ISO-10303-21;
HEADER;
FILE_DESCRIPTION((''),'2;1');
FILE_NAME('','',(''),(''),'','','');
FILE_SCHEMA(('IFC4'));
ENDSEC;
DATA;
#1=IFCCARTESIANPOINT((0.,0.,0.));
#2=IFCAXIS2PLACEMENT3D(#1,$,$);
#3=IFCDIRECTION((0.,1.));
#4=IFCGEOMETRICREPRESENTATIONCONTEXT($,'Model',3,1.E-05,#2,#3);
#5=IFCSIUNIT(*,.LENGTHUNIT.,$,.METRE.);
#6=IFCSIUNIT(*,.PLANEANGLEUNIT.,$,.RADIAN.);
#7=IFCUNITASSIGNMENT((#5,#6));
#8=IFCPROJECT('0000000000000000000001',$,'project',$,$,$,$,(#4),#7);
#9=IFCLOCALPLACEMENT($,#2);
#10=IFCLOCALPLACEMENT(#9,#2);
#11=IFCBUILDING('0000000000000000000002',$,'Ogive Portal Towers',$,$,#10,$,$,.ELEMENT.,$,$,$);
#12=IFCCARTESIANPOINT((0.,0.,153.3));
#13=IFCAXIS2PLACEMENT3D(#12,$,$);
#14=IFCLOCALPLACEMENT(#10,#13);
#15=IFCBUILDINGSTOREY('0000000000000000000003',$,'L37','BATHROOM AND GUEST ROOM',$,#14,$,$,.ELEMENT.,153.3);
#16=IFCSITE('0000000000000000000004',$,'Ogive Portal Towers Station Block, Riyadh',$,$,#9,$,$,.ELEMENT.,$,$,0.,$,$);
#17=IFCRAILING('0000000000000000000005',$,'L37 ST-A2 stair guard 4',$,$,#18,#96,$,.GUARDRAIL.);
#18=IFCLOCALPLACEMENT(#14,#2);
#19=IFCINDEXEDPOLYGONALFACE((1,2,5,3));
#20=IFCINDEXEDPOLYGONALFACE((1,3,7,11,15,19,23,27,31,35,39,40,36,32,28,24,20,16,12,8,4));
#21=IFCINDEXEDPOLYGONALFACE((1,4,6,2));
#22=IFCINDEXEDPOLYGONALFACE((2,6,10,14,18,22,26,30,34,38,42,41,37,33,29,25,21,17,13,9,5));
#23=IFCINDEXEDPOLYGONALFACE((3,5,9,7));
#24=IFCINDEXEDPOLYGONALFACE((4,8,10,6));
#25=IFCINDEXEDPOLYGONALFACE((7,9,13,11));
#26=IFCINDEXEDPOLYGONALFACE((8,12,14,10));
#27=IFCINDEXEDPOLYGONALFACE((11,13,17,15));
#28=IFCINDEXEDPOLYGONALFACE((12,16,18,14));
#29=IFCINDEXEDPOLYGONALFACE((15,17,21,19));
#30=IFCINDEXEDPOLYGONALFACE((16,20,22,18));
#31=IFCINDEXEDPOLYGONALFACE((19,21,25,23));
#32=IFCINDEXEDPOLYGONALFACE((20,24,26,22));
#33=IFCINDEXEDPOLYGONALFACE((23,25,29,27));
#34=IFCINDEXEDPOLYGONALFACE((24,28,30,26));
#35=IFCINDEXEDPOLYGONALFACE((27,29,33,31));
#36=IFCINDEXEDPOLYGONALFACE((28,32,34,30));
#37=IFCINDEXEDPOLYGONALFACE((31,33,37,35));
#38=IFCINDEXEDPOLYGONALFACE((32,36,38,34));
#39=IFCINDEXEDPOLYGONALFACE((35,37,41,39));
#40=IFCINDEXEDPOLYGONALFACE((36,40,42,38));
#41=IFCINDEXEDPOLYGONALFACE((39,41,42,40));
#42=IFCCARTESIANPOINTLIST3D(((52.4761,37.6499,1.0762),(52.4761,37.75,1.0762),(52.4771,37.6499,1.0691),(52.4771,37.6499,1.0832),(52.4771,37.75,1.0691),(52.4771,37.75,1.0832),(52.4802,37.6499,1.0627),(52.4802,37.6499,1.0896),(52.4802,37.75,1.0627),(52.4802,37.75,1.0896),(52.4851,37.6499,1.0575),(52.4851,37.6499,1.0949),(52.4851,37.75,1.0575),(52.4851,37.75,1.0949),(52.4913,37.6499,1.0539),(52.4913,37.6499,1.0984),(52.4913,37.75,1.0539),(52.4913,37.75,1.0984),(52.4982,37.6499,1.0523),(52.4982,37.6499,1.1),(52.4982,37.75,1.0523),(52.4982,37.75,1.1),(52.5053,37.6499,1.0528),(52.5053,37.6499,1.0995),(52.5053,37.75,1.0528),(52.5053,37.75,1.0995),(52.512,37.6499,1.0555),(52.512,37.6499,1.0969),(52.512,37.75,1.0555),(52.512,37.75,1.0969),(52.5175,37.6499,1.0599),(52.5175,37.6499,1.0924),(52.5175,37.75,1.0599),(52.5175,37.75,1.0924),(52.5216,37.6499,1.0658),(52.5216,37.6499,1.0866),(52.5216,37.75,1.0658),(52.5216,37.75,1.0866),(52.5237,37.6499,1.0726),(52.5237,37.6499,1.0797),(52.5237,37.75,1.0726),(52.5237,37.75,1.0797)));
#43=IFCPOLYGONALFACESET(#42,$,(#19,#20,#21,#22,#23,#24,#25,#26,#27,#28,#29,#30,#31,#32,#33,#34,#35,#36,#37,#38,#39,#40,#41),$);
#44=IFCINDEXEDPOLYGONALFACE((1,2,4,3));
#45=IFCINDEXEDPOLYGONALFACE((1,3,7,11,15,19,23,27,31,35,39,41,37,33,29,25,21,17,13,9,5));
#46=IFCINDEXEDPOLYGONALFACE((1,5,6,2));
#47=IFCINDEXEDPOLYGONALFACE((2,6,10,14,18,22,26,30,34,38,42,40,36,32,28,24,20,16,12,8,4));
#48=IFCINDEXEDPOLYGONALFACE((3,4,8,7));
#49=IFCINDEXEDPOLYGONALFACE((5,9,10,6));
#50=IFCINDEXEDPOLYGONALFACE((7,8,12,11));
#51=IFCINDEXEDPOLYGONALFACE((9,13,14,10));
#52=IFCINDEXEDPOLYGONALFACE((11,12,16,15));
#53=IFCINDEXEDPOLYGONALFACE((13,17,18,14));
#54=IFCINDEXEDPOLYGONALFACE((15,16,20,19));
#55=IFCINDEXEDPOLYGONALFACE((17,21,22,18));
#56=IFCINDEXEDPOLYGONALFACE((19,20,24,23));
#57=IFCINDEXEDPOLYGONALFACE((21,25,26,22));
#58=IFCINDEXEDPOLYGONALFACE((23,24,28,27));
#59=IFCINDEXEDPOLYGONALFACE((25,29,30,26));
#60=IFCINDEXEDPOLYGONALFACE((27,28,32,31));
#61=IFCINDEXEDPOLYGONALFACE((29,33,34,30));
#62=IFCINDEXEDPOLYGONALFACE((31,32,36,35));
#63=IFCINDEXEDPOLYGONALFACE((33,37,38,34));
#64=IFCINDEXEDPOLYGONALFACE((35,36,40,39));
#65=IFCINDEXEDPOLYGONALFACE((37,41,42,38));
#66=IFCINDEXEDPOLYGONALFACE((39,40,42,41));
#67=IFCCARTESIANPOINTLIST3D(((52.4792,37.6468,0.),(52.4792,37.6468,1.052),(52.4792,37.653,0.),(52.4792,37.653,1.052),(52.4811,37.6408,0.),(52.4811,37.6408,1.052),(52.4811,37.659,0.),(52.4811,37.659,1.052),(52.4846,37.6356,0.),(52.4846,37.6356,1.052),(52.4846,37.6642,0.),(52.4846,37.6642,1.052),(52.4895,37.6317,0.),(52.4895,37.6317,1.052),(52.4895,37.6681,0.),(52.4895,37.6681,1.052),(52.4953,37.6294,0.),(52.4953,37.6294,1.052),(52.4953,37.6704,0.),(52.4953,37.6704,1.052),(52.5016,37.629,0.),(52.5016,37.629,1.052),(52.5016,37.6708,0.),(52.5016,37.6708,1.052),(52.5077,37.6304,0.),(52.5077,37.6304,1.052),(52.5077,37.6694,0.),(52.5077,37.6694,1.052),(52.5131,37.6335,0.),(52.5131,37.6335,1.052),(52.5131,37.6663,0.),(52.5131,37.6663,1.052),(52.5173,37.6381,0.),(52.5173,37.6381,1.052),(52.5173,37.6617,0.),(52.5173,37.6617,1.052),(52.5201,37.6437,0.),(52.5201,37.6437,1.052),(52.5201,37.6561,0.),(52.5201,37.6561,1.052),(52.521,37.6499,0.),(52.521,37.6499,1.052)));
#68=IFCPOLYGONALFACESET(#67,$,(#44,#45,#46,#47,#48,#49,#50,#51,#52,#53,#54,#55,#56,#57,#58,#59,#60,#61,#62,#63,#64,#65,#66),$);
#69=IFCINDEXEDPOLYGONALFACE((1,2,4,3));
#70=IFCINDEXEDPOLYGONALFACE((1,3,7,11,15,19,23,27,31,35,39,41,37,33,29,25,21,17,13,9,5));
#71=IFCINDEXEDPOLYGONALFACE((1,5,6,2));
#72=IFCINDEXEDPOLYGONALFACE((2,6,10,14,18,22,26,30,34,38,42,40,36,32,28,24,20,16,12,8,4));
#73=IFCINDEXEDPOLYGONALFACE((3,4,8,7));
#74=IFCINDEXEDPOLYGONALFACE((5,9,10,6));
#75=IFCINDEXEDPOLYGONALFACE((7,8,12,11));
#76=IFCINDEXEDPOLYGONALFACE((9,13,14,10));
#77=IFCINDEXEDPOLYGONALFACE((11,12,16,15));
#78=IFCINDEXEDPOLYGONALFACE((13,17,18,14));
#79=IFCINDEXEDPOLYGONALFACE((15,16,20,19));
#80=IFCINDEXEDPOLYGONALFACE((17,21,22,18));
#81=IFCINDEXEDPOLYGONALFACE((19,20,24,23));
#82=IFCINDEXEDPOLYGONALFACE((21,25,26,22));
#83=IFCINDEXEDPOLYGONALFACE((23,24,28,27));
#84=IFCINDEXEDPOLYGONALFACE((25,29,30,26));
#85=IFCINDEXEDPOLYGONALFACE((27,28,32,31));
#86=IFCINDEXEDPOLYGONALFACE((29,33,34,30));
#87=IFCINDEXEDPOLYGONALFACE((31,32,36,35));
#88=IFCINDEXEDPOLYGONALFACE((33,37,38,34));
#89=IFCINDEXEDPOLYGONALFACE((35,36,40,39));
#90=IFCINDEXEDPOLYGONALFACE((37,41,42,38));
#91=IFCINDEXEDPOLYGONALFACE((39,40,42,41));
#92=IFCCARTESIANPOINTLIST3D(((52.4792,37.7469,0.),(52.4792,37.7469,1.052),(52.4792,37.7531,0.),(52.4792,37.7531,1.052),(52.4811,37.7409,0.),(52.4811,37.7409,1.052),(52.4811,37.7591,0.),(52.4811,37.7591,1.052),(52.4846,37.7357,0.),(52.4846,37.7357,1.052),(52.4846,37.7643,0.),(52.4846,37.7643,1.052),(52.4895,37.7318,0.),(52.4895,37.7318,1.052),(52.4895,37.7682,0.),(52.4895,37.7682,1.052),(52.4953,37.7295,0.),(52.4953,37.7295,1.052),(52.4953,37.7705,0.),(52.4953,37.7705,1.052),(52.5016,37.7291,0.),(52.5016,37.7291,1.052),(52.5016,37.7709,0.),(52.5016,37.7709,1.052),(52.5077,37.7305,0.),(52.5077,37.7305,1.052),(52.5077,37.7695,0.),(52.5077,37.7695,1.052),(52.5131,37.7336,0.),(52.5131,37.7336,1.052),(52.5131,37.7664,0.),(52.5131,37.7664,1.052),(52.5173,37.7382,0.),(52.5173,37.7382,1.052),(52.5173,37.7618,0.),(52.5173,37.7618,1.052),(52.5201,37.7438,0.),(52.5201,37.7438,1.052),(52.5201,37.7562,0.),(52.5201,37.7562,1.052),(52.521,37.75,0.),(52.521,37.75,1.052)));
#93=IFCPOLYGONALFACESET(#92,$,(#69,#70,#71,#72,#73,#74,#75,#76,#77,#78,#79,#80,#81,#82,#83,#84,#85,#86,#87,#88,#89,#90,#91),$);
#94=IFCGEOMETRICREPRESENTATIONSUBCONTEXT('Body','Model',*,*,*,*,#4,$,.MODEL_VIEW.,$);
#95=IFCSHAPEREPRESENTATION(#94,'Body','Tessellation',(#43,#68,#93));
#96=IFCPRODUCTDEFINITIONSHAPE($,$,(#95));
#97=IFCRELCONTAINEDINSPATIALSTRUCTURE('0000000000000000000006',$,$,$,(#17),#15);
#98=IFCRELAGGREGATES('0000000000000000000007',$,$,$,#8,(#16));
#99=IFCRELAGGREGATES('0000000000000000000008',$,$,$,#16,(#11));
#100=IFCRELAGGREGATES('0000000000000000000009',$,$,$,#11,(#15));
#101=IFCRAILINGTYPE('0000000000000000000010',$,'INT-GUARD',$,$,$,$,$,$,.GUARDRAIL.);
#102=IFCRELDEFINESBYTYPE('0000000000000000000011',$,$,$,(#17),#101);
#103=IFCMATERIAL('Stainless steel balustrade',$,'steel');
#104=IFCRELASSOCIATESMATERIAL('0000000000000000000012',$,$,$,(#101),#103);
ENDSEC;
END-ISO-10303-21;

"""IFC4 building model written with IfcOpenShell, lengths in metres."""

from ifc_helpers import new_model, si_unit, direction, frame, origin, origin_2d, place, context, subcontext, project, spatial, circle, extrude, material, type_object, element, save


model = new_model("IFC4")

# Units and contexts
model_context = context("Model", 3, precision=1e-05, world=origin(), true_north=direction((0.0, 1.0)))
body_context = subcontext(model_context, "Body", "Model", "MODEL_VIEW")
ifc_project = project(units=[si_unit("LENGTHUNIT", "METRE"), si_unit("PLANEANGLEUNIT", "RADIAN")], contexts=[model_context])

# Site, building, storey
site_placement = place(None, origin())
site = spatial("IfcSite", under=ifc_project, at=site_placement, Name="Ogive Portal Towers Station Block, Riyadh", CompositionType="ELEMENT", RefElevation=0.0)
building_placement = place(site_placement, origin())
building = spatial("IfcBuilding", under=site, at=building_placement, Name="Ogive Portal Towers", CompositionType="ELEMENT")
storey_placement = place(building_placement, frame((0.0, 0.0, 153.3)))
storey = spatial("IfcBuildingStorey", under=building, at=storey_placement, Name="L37", Description="BATHROOM AND GUEST ROOM", CompositionType="ELEMENT", Elevation=153.3)

# Railing
ifc_material_1 = material(Name="Stainless steel balustrade", Category="steel")
railing_type_1 = type_object("IfcRailingType", Name="INT-GUARD", PredefinedType="GUARDRAIL", material=ifc_material_1)
railing_1_placement = place(storey_placement, frame((52.5, 37.6499, 0.0)))
element("IfcRailing", 1, at=railing_1_placement, inside=storey, type_object=railing_type_1, Name="L37 ST-A2 stair guard 4", PredefinedType="GUARDRAIL", context=body_context, shape_type="SweptSolid", body=[
    extrude(circle(Radius=0.0239, at=origin_2d()), frame((0.0, 0.0, 1.0762), z_axis=(0.0, 1.0, 0.0), x_axis=(-1.0, 0.0, 0.0)), (0.0, 0.0, 1.0), 0.1001),
    extrude(circle(Radius=0.021, at=origin_2d()), origin(), (0.0, 0.0, 1.0), 1.052),
    extrude(circle(Radius=0.021, at=origin_2d()), frame((0.0, 0.1001, 0.0)), (0.0, 0.0, 1.0), 1.052),
])

save(model, "model.ifc")
